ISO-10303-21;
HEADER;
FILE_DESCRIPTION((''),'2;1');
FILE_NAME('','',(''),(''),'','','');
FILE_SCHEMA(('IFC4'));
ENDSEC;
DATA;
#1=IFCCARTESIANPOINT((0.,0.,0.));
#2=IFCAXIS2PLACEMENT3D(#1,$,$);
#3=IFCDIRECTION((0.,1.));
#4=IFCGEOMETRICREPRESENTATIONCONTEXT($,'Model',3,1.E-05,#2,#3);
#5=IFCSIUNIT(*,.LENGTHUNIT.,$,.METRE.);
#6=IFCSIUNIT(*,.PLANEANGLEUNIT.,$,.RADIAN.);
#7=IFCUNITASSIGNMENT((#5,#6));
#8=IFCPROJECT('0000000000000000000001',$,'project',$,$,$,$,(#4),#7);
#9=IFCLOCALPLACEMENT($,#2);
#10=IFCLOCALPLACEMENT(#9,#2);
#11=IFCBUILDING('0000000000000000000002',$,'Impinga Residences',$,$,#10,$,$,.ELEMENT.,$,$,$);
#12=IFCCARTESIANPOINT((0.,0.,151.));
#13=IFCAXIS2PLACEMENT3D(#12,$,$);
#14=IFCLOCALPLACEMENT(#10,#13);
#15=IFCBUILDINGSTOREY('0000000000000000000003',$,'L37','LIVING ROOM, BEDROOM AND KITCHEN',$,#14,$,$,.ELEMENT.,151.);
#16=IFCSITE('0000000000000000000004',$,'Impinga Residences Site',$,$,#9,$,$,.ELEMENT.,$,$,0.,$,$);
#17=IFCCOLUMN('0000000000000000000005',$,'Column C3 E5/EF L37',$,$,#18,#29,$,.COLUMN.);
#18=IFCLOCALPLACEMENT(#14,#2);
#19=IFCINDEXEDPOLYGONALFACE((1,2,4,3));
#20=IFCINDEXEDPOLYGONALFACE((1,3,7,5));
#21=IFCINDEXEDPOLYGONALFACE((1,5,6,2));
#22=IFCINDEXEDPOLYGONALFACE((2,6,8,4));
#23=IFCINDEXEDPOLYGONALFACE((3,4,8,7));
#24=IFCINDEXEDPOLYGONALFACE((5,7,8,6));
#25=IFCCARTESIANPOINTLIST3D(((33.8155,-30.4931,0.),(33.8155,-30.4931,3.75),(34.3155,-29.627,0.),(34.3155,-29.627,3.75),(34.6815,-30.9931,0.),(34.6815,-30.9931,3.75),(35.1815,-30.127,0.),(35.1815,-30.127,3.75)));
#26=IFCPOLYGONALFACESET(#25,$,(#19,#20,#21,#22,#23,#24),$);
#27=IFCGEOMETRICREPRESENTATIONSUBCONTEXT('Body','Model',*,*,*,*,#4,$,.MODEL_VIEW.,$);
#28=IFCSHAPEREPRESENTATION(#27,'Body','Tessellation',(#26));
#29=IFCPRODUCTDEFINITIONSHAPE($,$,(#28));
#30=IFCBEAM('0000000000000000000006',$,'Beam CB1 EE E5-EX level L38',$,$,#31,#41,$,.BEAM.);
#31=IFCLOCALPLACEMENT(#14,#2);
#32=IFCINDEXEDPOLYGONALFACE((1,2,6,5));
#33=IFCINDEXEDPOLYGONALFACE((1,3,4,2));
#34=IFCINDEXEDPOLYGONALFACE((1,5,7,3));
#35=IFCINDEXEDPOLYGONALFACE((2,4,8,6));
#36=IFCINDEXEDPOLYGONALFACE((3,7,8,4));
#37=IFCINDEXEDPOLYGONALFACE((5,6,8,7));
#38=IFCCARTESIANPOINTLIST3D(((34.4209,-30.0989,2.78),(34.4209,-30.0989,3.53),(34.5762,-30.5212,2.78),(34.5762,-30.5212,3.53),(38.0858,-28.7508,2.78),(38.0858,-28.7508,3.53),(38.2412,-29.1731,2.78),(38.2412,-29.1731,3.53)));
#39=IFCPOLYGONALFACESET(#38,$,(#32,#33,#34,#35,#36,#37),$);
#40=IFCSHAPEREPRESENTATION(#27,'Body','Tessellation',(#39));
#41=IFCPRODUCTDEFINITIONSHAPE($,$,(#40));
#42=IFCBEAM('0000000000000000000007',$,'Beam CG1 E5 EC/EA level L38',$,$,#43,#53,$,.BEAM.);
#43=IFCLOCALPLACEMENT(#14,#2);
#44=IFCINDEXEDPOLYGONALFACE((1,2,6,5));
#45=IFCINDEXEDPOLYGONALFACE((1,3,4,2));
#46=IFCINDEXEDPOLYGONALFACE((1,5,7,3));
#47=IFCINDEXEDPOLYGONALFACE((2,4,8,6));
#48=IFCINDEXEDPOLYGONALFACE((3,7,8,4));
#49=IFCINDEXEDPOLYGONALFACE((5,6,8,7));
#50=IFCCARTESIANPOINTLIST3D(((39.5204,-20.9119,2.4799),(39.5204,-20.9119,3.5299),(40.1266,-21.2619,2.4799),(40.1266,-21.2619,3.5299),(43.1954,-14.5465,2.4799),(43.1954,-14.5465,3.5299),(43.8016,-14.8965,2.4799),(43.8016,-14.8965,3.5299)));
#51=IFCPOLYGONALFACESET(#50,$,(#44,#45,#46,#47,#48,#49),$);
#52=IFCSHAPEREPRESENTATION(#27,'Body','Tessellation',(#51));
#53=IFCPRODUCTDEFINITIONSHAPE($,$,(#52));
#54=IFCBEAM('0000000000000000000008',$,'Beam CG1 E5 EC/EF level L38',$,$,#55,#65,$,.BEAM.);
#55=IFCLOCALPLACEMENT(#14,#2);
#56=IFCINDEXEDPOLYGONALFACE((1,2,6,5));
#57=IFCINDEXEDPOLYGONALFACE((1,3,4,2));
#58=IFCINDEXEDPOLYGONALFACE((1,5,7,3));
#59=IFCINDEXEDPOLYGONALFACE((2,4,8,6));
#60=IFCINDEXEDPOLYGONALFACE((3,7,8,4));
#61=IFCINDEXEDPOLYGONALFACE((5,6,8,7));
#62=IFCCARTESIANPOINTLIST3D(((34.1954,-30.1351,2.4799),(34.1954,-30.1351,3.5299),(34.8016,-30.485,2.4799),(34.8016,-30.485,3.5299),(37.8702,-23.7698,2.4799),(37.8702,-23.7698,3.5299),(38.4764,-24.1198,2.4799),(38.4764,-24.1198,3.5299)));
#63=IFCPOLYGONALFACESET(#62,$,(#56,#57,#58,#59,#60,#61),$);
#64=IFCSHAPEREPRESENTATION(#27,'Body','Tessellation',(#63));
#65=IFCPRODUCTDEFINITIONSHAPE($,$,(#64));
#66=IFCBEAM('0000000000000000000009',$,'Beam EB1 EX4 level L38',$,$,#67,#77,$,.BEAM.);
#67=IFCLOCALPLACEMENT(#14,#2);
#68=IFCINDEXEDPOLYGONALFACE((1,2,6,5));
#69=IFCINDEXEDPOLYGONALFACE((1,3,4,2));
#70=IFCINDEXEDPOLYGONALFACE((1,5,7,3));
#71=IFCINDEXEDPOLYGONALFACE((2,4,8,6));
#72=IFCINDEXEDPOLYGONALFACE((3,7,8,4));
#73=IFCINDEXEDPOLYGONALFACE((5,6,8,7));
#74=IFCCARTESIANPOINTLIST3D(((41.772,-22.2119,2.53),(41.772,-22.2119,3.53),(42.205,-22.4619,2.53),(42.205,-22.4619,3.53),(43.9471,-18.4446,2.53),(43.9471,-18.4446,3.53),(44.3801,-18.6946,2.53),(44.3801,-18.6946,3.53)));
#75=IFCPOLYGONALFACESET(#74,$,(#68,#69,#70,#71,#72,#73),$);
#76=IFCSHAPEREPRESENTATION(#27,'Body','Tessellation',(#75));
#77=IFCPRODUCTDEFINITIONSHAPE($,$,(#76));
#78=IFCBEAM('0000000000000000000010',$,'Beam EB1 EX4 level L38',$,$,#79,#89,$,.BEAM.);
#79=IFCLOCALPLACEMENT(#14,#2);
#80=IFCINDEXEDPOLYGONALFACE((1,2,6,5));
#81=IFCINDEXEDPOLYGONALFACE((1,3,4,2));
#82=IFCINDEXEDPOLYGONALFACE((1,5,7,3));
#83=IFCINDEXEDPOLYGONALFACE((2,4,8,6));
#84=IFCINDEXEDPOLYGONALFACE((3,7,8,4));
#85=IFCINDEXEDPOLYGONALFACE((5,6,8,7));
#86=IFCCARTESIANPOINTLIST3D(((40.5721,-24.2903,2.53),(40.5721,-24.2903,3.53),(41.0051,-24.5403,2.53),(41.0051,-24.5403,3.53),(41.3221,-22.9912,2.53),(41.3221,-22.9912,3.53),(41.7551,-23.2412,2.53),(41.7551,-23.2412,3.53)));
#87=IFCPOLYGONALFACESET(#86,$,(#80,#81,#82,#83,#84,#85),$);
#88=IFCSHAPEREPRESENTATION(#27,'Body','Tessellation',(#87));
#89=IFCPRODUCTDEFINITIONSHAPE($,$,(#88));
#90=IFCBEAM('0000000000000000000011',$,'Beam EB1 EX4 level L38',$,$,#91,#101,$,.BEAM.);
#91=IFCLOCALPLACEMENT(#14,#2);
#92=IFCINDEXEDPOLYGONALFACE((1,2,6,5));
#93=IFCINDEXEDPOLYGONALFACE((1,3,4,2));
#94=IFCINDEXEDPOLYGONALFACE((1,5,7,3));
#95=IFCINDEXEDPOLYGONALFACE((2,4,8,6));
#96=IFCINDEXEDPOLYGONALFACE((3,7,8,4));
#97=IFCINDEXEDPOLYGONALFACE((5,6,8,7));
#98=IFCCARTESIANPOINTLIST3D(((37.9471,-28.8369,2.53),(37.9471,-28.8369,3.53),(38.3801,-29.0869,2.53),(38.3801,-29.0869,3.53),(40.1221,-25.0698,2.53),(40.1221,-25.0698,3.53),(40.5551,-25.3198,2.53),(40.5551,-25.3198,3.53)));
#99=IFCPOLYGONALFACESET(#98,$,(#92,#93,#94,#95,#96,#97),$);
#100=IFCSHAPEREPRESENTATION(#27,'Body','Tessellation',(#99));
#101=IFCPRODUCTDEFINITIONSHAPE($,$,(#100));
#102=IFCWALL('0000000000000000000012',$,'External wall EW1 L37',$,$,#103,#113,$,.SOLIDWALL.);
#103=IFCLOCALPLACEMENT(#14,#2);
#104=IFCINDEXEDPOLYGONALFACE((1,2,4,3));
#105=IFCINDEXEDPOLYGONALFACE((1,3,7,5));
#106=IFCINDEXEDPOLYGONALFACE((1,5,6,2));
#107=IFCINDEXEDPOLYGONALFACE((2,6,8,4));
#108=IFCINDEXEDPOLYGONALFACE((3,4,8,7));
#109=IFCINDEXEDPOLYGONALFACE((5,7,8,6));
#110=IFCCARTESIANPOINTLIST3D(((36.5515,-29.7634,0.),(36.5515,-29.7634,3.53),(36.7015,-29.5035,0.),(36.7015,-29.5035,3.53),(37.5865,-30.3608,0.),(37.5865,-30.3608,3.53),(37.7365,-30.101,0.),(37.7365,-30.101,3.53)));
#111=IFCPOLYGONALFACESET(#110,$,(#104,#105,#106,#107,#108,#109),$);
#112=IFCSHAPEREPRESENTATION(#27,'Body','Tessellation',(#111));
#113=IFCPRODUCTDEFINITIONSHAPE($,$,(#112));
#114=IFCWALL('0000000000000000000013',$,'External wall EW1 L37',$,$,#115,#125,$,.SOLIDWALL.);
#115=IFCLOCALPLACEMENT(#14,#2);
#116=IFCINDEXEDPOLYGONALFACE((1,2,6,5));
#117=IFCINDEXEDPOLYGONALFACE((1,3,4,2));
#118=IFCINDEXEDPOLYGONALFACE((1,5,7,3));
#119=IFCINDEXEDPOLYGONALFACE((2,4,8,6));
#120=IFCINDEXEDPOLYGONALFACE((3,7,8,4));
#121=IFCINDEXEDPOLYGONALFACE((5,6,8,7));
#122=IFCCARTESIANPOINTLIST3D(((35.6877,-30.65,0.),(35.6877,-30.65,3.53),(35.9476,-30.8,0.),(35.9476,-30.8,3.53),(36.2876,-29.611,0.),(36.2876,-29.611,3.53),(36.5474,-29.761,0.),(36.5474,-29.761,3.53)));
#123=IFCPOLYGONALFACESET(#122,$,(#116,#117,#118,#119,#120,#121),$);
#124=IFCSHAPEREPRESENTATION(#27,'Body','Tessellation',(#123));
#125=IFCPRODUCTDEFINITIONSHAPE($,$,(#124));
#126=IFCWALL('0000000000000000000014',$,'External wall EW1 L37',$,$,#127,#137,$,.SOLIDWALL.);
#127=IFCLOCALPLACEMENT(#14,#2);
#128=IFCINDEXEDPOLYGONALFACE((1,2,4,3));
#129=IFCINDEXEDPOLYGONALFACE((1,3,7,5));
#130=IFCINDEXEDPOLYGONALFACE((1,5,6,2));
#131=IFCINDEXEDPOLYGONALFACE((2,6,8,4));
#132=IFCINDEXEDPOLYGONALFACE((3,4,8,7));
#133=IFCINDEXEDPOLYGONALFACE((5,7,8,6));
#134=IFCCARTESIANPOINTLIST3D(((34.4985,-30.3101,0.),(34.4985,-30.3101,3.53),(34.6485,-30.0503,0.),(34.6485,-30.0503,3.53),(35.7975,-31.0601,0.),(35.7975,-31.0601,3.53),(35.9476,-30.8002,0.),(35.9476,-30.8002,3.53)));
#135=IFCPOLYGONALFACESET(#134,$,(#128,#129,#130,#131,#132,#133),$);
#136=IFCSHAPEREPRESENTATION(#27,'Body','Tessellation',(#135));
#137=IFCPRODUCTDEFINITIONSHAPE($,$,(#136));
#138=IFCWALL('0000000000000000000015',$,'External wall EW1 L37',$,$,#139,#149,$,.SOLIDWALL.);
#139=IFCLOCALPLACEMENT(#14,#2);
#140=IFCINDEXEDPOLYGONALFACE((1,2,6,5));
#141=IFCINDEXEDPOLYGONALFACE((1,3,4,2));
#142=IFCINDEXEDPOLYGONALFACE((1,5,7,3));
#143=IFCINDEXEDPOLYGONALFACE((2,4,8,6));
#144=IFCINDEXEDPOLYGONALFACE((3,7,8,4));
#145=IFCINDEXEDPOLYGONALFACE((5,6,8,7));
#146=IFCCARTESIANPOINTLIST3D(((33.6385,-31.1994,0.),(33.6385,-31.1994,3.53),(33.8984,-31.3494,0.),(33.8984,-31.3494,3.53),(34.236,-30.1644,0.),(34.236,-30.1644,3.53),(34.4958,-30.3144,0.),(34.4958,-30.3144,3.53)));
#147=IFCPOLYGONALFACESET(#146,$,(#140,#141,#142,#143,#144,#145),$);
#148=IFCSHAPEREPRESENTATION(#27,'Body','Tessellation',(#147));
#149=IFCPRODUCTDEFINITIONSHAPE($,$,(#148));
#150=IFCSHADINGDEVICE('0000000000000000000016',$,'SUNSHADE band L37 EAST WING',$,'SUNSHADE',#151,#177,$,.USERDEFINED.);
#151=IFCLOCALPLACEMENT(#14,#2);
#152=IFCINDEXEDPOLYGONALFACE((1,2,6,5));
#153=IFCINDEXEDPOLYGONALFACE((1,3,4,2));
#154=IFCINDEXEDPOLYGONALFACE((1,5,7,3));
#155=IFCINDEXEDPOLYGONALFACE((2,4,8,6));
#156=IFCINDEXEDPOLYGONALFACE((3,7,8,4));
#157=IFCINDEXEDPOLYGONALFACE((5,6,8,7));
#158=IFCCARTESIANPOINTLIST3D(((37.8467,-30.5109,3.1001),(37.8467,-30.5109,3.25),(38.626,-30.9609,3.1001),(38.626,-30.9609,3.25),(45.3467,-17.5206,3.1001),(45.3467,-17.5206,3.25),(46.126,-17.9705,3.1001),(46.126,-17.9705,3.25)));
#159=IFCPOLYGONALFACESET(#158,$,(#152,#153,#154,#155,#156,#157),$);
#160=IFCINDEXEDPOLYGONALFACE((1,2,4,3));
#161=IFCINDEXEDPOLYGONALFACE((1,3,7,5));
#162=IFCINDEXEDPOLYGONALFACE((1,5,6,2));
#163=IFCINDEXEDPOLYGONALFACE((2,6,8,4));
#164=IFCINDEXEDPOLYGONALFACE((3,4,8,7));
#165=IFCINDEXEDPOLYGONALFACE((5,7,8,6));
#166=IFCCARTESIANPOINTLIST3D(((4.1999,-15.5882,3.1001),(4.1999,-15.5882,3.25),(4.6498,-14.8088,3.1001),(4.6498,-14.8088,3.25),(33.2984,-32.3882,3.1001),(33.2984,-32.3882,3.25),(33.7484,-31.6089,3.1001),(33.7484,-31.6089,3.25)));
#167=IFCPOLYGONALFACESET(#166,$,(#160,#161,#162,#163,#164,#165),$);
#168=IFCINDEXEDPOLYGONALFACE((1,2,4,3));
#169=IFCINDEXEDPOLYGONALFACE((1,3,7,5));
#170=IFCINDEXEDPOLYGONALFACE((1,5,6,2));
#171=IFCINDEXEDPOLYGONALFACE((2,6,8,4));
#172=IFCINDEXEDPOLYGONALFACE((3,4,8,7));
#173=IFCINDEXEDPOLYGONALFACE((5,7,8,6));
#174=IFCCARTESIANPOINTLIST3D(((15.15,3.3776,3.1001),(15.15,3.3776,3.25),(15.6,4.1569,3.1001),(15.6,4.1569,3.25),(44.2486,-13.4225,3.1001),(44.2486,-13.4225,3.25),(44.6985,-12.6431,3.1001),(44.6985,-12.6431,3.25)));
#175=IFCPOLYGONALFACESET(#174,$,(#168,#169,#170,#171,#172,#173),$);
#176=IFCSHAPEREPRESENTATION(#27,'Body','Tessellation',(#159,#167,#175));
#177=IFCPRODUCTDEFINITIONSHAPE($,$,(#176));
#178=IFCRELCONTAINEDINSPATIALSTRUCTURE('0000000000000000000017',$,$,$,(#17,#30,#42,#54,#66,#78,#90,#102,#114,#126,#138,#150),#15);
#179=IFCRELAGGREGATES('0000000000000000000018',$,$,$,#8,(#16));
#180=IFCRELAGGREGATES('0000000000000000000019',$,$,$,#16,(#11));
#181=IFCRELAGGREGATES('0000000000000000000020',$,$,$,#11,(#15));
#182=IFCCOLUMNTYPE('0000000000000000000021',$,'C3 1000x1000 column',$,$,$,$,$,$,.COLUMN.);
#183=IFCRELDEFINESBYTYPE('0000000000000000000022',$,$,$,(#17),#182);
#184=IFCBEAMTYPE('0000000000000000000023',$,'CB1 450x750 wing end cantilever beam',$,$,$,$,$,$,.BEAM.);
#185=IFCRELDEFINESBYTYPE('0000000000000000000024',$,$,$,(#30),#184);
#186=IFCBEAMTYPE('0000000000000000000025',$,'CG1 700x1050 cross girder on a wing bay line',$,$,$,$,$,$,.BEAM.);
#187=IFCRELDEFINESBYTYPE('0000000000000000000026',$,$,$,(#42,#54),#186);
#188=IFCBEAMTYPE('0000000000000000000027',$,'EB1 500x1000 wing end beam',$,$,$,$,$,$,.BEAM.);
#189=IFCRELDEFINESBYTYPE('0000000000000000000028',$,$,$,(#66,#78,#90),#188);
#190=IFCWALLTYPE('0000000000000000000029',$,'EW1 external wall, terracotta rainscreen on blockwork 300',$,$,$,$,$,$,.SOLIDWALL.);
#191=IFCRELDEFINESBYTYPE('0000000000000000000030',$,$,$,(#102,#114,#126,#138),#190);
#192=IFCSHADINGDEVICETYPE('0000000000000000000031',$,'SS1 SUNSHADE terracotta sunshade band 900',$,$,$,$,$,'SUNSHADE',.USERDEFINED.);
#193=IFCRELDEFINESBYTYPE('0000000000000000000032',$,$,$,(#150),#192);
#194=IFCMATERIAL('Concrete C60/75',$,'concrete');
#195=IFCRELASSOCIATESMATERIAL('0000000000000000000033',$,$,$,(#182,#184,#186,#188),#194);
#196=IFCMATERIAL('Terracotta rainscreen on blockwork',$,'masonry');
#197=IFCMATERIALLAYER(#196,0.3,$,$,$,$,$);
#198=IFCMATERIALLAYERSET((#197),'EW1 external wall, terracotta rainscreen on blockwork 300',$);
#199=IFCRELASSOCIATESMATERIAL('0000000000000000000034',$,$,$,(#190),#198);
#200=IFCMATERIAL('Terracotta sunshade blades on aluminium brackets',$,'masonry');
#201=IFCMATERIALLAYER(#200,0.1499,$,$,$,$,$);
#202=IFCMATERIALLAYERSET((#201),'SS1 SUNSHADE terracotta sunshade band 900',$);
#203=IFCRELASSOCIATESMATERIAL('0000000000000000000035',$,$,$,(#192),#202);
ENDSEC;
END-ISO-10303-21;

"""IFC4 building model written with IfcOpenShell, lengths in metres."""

from ifc_helpers import new_model, si_unit, direction, frame, frame_2d, origin, origin_2d, place, context, subcontext, project, spatial, rectangle, extrude, material, layer, layer_set, material_profile, profile_set, type_object, element, save


model = new_model("IFC4")

# Units and contexts
model_context = context("Model", 3, precision=1e-05, world=origin(), true_north=direction((0.0, 1.0)))
body_context = subcontext(model_context, "Body", "Model", "MODEL_VIEW")
ifc_project = project(units=[si_unit("LENGTHUNIT", "METRE"), si_unit("PLANEANGLEUNIT", "RADIAN")], contexts=[model_context])

# Site, building, storey
site_placement = place(None, origin())
site = spatial("IfcSite", under=ifc_project, at=site_placement, Name="Impinga Residences Site", CompositionType="ELEMENT", RefElevation=0.0)
building_placement = place(site_placement, origin())
building = spatial("IfcBuilding", under=site, at=building_placement, Name="Impinga Residences", CompositionType="ELEMENT")
storey_placement = place(building_placement, frame((0.0, 0.0, 151.0)))
storey = spatial("IfcBuildingStorey", under=building, at=storey_placement, Name="L37", Description="LIVING ROOM, BEDROOM AND KITCHEN", CompositionType="ELEMENT", Elevation=151.0)

# Column
ifc_material_1 = material(Name="Concrete C60/75", Category="concrete")
ifc_material_profile_1 = material_profile(ifc_material_1, rectangle(XDim=1.0, YDim=1.0, at=origin_2d()), Name="RC 1000x1000")
ifc_profile_set_1 = profile_set([ifc_material_profile_1], Name="Concrete C60/75")
column_type = type_object("IfcColumnType", Name="C3 1000x1000 column", PredefinedType="COLUMN", material=ifc_profile_set_1)
column_placement = place(storey_placement, frame((34.4985, -30.3101, 0.0), z_axis=(0.0, 0.0, 1.0), x_axis=(-0.5, -0.866025, 0.0)))
element("IfcColumn", 1, at=column_placement, inside=storey, type_object=column_type, Name="Column C3 E5/EF L37", PredefinedType="COLUMN", context=body_context, shape_type="SweptSolid", body=[
    extrude(rectangle(XDim=1.0, YDim=1.0, at=origin_2d()), origin(), (0.0, 0.0, 1.0), 3.75),
])

# Beams
ifc_material_profile_2 = material_profile(ifc_material_1, rectangle(XDim=0.45, YDim=0.75, at=origin_2d()), Name="RC 450x750")
ifc_profile_set_2 = profile_set([ifc_material_profile_2], Name="Concrete C60/75")
beam_type_1 = type_object("IfcBeamType", Name="CB1 450x750 wing end cantilever beam", PredefinedType="BEAM", material=ifc_profile_set_2)
beam_1_placement = place(storey_placement, frame((34.4985, -30.3101, 3.155), z_axis=(0.93852, 0.345224, 0.0), x_axis=(-0.345224, 0.93852, 0.0)))
element("IfcBeam", 2, at=beam_1_placement, inside=storey, type_object=beam_type_1, Name="Beam CB1 EE E5-EX level L38", PredefinedType="BEAM", context=body_context, shape_type="SweptSolid", body=[
    extrude(rectangle(XDim=0.45, YDim=0.75, at=origin_2d()), origin(), (0.0, 0.0, 1.0), 3.905),
])
ifc_material_profile_3 = material_profile(ifc_material_1, rectangle(XDim=0.7, YDim=1.05, at=origin_2d()), Name="RC 700x1050")
ifc_profile_set_3 = profile_set([ifc_material_profile_3], Name="Concrete C60/75")
beam_type_2 = type_object("IfcBeamType", Name="CG1 700x1050 cross girder on a wing bay line", PredefinedType="BEAM", material=ifc_profile_set_3)
beam_2_placement = place(storey_placement, frame((39.8235, -21.0869, 3.0049), z_axis=(0.499994, 0.866029, 0.0), x_axis=(-0.866029, 0.499994, 0.0)))
element("IfcBeam", 3, at=beam_2_placement, inside=storey, type_object=beam_type_2, Name="Beam CG1 E5 EC/EA level L38", PredefinedType="BEAM", context=body_context, shape_type="SweptSolid", body=[
    extrude(rectangle(XDim=0.7, YDim=1.05, at=origin_2d()), origin(), (0.0, 0.0, 1.0), 7.3501),
])
beam_3_placement = place(storey_placement, frame((38.1733, -23.9448, 3.0049), z_axis=(-0.499983, -0.866035, 0.0), x_axis=(0.866035, -0.499983, 0.0)))
element("IfcBeam", 4, at=beam_3_placement, inside=storey, type_object=beam_type_2, Name="Beam CG1 E5 EC/EF level L38", PredefinedType="BEAM", context=body_context, shape_type="SweptSolid", body=[
    extrude(rectangle(XDim=0.7, YDim=1.05, at=origin_2d()), origin(), (0.0, 0.0, 1.0), 7.3499),
])
ifc_material_profile_4 = material_profile(ifc_material_1, rectangle(XDim=0.5, YDim=1.0, at=origin_2d()), Name="RC 500x1000")
ifc_profile_set_4 = profile_set([ifc_material_profile_4], Name="Concrete C60/75")
beam_type_3 = type_object("IfcBeamType", Name="EB1 500x1000 wing end beam", PredefinedType="BEAM", material=ifc_profile_set_4)
beam_4_placement = place(storey_placement, frame((44.1636, -18.5696, 3.03), z_axis=(-0.499996, -0.866028, 0.0), x_axis=(0.866028, -0.499996, 0.0)))
element("IfcBeam", 5, at=beam_4_placement, inside=storey, type_object=beam_type_3, Name="Beam EB1 EX4 level L38", PredefinedType="BEAM", context=body_context, shape_type="SweptSolid", body=[
    extrude(rectangle(XDim=0.5, YDim=1.0, at=origin_2d()), origin(), (0.0, 0.0, 1.0), 4.3501),
])
beam_5_placement = place(storey_placement, frame((41.5386, -23.1162, 3.03), z_axis=(-0.49999, -0.866031, 0.0), x_axis=(0.866031, -0.49999, 0.0)))
element("IfcBeam", 6, at=beam_5_placement, inside=storey, type_object=beam_type_3, Name="Beam EB1 EX4 level L38", PredefinedType="BEAM", context=body_context, shape_type="SweptSolid", body=[
    extrude(rectangle(XDim=0.5, YDim=1.0, at=origin_2d()), origin(), (0.0, 0.0, 1.0), 1.5),
])
beam_6_placement = place(storey_placement, frame((40.3386, -25.1948, 3.03), z_axis=(-0.50002, -0.866014, 0.0), x_axis=(0.866014, -0.50002, 0.0)))
element("IfcBeam", 7, at=beam_6_placement, inside=storey, type_object=beam_type_3, Name="Beam EB1 EX4 level L38", PredefinedType="BEAM", context=body_context, shape_type="SweptSolid", body=[
    extrude(rectangle(XDim=0.5, YDim=1.0, at=origin_2d()), origin(), (0.0, 0.0, 1.0), 4.3499),
])

# Walls
ifc_material_2 = material(Name="Terracotta rainscreen on blockwork", Category="masonry")
ifc_layer_1 = layer(ifc_material_2, 0.3)
ifc_layer_set_1 = layer_set([ifc_layer_1], Name="EW1 external wall, terracotta rainscreen on blockwork 300")
wall_type = type_object("IfcWallType", Name="EW1 external wall, terracotta rainscreen on blockwork 300", PredefinedType="SOLIDWALL", material=ifc_layer_set_1)
wall_1_placement = place(storey_placement, frame((37.6616, -30.231, 0.0), z_axis=(0.0, 0.0, 1.0), x_axis=(-0.86606, 0.499941, 0.0)))
element("IfcWall", 8, at=wall_1_placement, inside=storey, type_object=wall_type, Name="External wall EW1 L37", PredefinedType="SOLIDWALL", context=body_context, shape_type="SweptSolid", body=[
    extrude(rectangle(XDim=1.1951, YDim=0.3, at=frame_2d((0.5977, 0.0))), origin(), (0.0, 0.0, 1.0), 3.53),
])
wall_2_placement = place(storey_placement, frame((36.4175, -29.686, 0.0), z_axis=(0.0, 0.0, 1.0), x_axis=(-0.499969, -0.866043, 0.0)))
element("IfcWall", 9, at=wall_2_placement, inside=storey, type_object=wall_type, Name="External wall EW1 L37", PredefinedType="SOLIDWALL", context=body_context, shape_type="SweptSolid", body=[
    extrude(rectangle(XDim=1.1997, YDim=0.3, at=frame_2d((0.5999, 0.0))), origin(), (0.0, 0.0, 1.0), 3.53),
])
wall_3_placement = place(storey_placement, frame((35.8726, -30.9302, 0.0), z_axis=(0.0, 0.0, 1.0), x_axis=(-0.866031, 0.49999, 0.0)))
element("IfcWall", 10, at=wall_3_placement, inside=storey, type_object=wall_type, Name="External wall EW1 L37", PredefinedType="SOLIDWALL", context=body_context, shape_type="SweptSolid", body=[
    extrude(rectangle(XDim=1.5, YDim=0.3, at=frame_2d((0.75, 0.0))), origin(), (0.0, 0.0, 1.0), 3.53),
])
wall_4_placement = place(storey_placement, frame((34.366, -30.2393, 0.0), z_axis=(0.0, 0.0, 1.0), x_axis=(-0.499941, -0.86606, 0.0)))
element("IfcWall", 11, at=wall_4_placement, inside=storey, type_object=wall_type, Name="External wall EW1 L37", PredefinedType="SOLIDWALL", context=body_context, shape_type="SweptSolid", body=[
    extrude(rectangle(XDim=1.1951, YDim=0.3, at=frame_2d((0.5977, 0.0))), origin(), (0.0, 0.0, 1.0), 3.53),
])

# Shading device
ifc_material_3 = material(Name="Terracotta sunshade blades on aluminium brackets", Category="masonry")
ifc_layer_2 = layer(ifc_material_3, 0.1499)
ifc_layer_set_2 = layer_set([ifc_layer_2], Name="SS1 SUNSHADE terracotta sunshade band 900")
shading_device_type = type_object("IfcShadingDeviceType", Name="SS1 SUNSHADE terracotta sunshade band 900", ElementType="SUNSHADE", PredefinedType="USERDEFINED", material=ifc_layer_set_2)
shading_device_placement = place(storey_placement, frame((41.9863, -24.2407, 3.1001), z_axis=(0.0, 0.0, 1.0), x_axis=(-0.5, -0.866025, 0.0)))
element("IfcShadingDevice", 12, at=shading_device_placement, inside=storey, type_object=shading_device_type, Name="SUNSHADE band L37 EAST WING", ObjectType="SUNSHADE", PredefinedType="USERDEFINED", context=body_context, shape_type="SweptSolid", body=[
    extrude(rectangle(XDim=15.0, YDim=0.8999, at=origin_2d()), origin(), (0.0, 0.0, 1.0), 0.1499),
    extrude(rectangle(XDim=33.6001, YDim=0.8999, at=origin_2d()), frame((10.95, -20.2502, 0.0), z_axis=(0.0, 0.0, 1.0), x_axis=(0.0, -1.0, 0.0)), (0.0, 0.0, 1.0), 0.1499),
    extrude(rectangle(XDim=33.6001, YDim=0.8999, at=origin_2d()), frame((-10.95, -20.25, 0.0), z_axis=(0.0, 0.0, 1.0), x_axis=(0.0, 1.0, 0.0)), (0.0, 0.0, 1.0), 0.1499),
])

save(model, "model.ifc")
